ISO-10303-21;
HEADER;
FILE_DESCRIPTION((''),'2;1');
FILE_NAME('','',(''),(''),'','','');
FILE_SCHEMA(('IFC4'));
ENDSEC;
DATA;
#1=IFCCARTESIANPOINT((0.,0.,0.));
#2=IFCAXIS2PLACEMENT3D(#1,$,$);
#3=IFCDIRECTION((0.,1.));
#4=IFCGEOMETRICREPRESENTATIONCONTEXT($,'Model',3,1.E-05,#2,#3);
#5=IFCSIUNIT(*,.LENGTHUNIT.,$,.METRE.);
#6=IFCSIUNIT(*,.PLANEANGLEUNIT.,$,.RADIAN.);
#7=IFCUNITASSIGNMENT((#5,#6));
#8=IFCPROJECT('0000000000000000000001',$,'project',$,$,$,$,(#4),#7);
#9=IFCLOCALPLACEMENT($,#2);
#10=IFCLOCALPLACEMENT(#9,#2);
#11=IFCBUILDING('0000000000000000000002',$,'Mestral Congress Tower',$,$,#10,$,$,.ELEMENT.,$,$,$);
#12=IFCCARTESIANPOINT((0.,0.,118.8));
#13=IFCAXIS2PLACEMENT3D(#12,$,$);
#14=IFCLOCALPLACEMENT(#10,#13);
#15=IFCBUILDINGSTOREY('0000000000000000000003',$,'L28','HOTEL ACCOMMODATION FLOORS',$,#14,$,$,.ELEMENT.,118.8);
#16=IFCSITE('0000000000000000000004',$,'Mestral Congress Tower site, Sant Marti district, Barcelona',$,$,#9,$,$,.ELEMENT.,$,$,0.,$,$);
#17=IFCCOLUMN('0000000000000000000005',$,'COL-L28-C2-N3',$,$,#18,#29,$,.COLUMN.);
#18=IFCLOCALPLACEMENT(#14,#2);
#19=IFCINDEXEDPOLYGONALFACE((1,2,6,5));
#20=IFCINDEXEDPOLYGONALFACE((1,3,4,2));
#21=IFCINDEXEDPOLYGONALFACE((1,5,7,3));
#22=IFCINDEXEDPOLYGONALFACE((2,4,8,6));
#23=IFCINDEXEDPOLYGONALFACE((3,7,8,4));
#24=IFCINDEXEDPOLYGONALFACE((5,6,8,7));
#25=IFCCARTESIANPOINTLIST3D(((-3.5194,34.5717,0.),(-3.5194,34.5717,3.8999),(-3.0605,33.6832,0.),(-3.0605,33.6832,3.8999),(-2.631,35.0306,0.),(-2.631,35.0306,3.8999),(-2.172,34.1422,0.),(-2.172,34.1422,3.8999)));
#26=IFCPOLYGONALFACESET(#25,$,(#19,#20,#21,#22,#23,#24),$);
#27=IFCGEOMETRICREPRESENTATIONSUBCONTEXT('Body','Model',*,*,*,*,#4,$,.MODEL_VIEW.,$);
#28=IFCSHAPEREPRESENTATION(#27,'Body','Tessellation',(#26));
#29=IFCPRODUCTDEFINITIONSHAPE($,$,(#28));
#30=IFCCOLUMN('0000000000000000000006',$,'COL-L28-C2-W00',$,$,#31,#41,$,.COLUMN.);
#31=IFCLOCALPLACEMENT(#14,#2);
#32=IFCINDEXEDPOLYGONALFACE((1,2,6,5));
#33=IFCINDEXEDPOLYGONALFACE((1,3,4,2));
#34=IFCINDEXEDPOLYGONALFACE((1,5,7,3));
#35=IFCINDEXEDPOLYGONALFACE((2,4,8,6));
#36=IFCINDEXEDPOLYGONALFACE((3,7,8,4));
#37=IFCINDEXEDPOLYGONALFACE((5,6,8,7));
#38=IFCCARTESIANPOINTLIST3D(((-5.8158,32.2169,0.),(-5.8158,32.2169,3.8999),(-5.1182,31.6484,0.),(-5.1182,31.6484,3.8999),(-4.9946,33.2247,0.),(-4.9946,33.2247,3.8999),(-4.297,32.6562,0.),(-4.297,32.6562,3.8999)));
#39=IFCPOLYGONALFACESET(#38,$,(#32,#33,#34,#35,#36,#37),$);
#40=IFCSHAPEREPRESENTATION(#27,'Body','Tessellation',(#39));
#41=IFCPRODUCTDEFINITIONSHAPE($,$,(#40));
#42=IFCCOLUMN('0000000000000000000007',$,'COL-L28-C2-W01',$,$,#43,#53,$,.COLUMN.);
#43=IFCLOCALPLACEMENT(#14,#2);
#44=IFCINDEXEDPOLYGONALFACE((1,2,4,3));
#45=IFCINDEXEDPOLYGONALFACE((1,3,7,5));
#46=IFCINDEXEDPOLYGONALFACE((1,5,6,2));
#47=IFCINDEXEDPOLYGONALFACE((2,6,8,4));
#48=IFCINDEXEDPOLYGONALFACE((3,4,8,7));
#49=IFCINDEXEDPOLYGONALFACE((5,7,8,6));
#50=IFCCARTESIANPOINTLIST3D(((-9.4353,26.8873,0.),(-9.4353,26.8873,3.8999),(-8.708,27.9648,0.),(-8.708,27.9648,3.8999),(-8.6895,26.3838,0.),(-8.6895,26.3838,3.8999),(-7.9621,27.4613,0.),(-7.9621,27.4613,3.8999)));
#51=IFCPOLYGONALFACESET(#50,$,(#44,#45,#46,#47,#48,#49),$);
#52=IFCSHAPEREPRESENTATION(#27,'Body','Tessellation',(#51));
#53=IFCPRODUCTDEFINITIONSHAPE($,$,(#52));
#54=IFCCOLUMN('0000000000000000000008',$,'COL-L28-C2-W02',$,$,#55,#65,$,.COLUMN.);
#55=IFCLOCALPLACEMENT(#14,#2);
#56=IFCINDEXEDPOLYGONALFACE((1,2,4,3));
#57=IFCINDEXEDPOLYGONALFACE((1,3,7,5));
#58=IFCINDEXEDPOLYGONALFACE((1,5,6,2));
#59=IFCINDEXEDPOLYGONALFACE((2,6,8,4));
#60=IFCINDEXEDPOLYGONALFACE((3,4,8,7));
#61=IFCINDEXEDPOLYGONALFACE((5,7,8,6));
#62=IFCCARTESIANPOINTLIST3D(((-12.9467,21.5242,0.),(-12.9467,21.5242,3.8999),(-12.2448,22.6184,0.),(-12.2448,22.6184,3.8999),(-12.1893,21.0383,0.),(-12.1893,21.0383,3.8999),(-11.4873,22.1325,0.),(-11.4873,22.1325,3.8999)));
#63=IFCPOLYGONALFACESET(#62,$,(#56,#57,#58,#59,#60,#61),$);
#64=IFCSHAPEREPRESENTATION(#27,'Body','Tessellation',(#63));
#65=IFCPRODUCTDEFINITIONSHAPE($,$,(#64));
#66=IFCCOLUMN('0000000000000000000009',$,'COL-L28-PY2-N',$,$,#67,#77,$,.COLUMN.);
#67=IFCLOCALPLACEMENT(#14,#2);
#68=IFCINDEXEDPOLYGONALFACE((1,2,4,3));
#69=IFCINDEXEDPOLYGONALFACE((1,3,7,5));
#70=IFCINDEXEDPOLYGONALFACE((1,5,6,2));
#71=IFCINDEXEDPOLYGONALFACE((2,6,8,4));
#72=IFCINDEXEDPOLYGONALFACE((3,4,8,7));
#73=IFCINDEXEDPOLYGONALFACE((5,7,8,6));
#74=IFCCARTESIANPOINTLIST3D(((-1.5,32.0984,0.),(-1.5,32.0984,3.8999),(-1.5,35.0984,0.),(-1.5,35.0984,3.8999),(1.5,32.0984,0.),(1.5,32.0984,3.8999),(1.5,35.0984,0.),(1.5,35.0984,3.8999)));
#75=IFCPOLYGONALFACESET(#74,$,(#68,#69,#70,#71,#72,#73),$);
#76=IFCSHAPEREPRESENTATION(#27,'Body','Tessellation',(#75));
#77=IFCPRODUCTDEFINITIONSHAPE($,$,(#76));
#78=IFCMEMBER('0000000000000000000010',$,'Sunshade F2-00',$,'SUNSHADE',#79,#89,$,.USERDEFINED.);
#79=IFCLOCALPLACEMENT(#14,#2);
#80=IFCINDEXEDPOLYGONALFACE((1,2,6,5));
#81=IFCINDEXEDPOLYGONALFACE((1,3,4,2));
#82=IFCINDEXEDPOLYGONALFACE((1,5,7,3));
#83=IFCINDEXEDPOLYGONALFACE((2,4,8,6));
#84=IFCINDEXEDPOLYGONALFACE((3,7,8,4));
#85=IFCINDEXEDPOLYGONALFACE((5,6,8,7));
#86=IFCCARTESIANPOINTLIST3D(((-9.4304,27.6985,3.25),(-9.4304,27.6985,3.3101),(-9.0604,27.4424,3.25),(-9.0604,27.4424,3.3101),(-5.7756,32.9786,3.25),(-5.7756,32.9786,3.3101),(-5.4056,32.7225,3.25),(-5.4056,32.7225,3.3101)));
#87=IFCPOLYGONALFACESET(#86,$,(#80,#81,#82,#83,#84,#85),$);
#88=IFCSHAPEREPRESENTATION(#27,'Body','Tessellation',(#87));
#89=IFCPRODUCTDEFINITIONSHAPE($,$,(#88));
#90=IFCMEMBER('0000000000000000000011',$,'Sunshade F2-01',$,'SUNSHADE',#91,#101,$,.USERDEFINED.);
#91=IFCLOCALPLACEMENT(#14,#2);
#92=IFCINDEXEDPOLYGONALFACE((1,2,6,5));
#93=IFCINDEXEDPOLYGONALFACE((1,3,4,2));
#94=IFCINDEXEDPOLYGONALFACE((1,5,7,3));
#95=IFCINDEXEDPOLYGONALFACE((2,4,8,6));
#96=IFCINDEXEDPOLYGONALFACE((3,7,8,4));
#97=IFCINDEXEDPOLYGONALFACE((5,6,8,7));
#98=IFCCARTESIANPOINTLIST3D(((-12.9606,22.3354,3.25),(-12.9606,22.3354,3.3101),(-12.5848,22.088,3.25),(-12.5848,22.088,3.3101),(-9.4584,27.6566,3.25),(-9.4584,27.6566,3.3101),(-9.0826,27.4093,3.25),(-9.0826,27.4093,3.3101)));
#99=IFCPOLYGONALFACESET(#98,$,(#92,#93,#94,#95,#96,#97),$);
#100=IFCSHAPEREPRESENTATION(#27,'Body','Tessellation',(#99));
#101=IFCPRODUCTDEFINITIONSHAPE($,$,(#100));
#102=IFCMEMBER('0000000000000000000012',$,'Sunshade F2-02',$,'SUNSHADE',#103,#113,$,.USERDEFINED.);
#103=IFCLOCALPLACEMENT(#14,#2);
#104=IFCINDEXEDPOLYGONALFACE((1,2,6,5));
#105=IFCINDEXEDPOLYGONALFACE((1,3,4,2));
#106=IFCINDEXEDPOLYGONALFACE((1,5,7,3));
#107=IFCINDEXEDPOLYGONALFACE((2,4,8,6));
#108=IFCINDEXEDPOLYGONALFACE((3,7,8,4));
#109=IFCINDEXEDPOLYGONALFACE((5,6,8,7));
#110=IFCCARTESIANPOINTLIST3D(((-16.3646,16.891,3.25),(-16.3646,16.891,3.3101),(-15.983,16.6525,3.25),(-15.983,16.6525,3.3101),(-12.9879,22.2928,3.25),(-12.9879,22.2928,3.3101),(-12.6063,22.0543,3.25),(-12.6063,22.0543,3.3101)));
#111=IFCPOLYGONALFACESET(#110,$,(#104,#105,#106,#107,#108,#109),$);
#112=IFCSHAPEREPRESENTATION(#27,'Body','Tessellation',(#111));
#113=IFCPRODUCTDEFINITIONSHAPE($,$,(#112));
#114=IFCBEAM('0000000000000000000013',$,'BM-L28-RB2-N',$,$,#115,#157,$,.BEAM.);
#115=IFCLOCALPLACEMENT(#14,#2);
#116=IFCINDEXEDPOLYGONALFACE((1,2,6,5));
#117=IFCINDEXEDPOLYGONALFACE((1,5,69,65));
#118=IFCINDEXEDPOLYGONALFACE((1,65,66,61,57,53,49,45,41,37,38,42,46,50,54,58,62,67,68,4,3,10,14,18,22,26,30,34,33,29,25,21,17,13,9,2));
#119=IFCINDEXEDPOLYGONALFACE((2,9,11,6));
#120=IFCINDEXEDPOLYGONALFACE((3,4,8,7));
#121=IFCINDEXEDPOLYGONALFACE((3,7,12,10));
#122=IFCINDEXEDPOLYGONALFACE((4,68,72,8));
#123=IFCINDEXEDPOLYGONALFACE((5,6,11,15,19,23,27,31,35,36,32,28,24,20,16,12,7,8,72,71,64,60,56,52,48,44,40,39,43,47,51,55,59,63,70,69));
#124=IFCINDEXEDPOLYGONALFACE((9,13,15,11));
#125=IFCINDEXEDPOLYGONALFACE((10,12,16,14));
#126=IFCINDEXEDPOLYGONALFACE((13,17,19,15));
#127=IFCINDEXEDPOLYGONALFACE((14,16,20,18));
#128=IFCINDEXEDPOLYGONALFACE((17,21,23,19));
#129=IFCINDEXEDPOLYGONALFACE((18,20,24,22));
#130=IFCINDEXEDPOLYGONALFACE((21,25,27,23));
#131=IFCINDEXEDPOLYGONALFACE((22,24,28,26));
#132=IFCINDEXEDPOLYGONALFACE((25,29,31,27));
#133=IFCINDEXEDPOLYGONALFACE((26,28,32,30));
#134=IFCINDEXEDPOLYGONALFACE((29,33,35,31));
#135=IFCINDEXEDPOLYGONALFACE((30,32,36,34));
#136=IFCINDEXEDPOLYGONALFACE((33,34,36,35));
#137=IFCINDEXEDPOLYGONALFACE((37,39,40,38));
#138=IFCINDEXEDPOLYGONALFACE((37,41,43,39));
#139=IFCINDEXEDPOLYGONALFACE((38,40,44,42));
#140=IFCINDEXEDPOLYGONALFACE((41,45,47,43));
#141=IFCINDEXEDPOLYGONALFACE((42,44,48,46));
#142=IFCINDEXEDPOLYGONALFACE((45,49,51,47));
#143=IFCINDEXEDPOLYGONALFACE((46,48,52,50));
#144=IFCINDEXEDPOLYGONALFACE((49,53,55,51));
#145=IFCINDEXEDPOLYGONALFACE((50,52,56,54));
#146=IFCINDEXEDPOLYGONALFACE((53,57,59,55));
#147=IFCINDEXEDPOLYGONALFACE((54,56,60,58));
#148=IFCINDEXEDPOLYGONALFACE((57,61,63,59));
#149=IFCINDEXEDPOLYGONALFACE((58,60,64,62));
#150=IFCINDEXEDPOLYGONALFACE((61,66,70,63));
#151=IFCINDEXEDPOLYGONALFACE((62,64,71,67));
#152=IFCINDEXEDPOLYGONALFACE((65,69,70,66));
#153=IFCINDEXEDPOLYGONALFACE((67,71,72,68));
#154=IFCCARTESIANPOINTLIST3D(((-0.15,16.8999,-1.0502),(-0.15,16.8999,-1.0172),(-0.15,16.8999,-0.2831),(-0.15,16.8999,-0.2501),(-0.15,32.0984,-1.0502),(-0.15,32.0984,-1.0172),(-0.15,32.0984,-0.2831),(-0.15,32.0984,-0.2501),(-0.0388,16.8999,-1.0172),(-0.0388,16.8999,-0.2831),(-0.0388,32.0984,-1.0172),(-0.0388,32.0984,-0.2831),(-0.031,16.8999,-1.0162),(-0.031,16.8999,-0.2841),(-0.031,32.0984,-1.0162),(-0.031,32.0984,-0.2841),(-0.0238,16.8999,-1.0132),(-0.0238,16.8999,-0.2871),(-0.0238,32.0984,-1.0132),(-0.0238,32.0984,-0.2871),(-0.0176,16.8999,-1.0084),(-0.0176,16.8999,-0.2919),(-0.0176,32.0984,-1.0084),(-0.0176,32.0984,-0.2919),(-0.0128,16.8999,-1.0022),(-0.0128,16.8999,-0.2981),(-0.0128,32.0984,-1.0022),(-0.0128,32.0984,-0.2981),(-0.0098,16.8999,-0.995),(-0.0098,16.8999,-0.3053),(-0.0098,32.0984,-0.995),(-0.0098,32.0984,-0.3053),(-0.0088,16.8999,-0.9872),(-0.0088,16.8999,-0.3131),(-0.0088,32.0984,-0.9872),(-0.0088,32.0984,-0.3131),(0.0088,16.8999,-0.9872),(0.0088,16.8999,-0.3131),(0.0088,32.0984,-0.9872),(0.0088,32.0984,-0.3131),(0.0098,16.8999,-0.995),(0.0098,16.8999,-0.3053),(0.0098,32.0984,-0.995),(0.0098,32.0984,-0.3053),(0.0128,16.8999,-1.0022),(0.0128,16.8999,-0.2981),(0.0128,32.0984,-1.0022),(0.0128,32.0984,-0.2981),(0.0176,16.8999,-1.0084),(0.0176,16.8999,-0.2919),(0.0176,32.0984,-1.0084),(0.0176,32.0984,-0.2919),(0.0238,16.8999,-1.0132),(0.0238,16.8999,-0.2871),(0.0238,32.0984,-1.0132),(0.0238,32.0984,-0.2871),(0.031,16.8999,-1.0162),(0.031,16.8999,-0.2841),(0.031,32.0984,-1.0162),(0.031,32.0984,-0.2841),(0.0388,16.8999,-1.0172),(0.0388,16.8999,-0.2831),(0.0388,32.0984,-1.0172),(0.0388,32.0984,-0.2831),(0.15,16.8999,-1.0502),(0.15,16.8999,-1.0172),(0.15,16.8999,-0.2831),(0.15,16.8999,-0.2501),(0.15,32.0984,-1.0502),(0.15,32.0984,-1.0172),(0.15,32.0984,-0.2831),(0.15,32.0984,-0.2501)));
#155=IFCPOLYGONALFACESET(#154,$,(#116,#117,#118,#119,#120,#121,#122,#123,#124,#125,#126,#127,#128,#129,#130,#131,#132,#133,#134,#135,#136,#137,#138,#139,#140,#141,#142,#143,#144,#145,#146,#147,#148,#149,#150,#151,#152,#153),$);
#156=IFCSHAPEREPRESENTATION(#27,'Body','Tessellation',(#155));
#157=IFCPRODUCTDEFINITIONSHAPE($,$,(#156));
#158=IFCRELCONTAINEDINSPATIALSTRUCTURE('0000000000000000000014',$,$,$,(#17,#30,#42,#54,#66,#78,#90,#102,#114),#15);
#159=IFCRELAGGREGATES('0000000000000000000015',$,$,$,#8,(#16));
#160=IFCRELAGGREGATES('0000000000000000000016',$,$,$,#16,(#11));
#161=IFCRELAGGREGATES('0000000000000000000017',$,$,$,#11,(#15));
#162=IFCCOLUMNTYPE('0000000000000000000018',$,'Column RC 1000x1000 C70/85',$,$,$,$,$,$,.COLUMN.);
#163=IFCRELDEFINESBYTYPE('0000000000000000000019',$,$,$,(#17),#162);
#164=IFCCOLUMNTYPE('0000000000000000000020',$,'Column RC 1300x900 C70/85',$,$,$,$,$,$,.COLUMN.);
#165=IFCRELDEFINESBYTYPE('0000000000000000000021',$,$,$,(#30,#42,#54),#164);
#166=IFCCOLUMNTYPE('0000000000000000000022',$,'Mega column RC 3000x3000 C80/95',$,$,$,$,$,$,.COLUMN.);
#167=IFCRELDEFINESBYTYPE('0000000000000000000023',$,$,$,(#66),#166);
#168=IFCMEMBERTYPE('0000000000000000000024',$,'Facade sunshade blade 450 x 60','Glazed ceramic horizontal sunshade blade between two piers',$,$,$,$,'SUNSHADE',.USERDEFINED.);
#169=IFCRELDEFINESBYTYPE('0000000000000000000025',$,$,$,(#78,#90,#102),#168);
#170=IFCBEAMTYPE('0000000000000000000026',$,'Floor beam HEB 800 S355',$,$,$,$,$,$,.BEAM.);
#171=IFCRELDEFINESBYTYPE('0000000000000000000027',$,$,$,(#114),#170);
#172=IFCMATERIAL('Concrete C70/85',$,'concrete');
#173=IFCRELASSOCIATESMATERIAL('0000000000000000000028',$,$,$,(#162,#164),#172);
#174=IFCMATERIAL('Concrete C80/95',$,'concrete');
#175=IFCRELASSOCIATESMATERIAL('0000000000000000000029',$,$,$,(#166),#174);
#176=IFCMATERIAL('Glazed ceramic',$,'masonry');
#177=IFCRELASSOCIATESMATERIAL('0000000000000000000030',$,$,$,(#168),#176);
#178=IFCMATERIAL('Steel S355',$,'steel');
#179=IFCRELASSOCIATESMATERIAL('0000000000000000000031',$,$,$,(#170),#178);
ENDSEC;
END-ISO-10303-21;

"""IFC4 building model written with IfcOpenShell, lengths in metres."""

from ifc_helpers import new_model, si_unit, direction, frame, origin, origin_2d, place, context, subcontext, project, spatial, rectangle, i_section, extrude, material, material_profile, profile_set, type_object, element, save


model = new_model("IFC4")

# Units and contexts
model_context = context("Model", 3, precision=1e-05, world=origin(), true_north=direction((0.0, 1.0)))
body_context = subcontext(model_context, "Body", "Model", "MODEL_VIEW")
ifc_project = project(units=[si_unit("LENGTHUNIT", "METRE"), si_unit("PLANEANGLEUNIT", "RADIAN")], contexts=[model_context])

# Site, building, storey
site_placement = place(None, origin())
site = spatial("IfcSite", under=ifc_project, at=site_placement, Name="Mestral Congress Tower site, Sant Marti district, Barcelona", CompositionType="ELEMENT", RefElevation=0.0)
building_placement = place(site_placement, origin())
building = spatial("IfcBuilding", under=site, at=building_placement, Name="Mestral Congress Tower", CompositionType="ELEMENT")
storey_placement = place(building_placement, frame((0.0, 0.0, 118.8)))
storey = spatial("IfcBuildingStorey", under=building, at=storey_placement, Name="L28", Description="HOTEL ACCOMMODATION FLOORS", CompositionType="ELEMENT", Elevation=118.8)

# Columns
ifc_material_1 = material(Name="Concrete C70/85", Category="concrete")
ifc_material_profile_1 = material_profile(ifc_material_1, rectangle(XDim=1.0, YDim=1.0, at=origin_2d()), Name="RC 1000x1000")
ifc_profile_set_1 = profile_set([ifc_material_profile_1], Name="Concrete C70/85")
column_type_1 = type_object("IfcColumnType", Name="Column RC 1000x1000 C70/85", PredefinedType="COLUMN", material=ifc_profile_set_1)
column_1_placement = place(storey_placement, frame((-2.8457, 34.3569, 0.0), z_axis=(0.0, 0.0, 1.0), x_axis=(-0.888456, -0.458961, 0.0)))
element("IfcColumn", 1, at=column_1_placement, inside=storey, type_object=column_type_1, Name="COL-L28-C2-N3", PredefinedType="COLUMN", context=body_context, shape_type="SweptSolid", body=[
    extrude(rectangle(XDim=1.0, YDim=1.0, at=origin_2d()), origin(), (0.0, 0.0, 1.0), 3.8999),
])
ifc_material_profile_2 = material_profile(ifc_material_1, rectangle(XDim=1.3, YDim=0.8999, at=origin_2d()), Name="RC 1300x900")
ifc_profile_set_2 = profile_set([ifc_material_profile_2], Name="Concrete C70/85")
column_type_2 = type_object("IfcColumnType", Name="Column RC 1300x900 C70/85", PredefinedType="COLUMN", material=ifc_profile_set_2)
for number, where, z_axis, x_axis, name in (
    (2, (-5.0564, 32.4365, 0.0), (0.0, 0.0, 1.0), (-0.631709, -0.775206, 0.0), "COL-L28-C2-W00"),
    (3, (-8.6987, 27.1743, 0.0), (0.0, 0.0, 1.0), (-0.559479, -0.828844, 0.0), "COL-L28-C2-W01"),
    (4, (-12.217, 21.8284, 0.0), (0.0, 0.0, 1.0), (-0.539945, -0.8417, 0.0), "COL-L28-C2-W02"),
):
    element("IfcColumn", number, at=place(storey_placement, frame(where, z_axis=z_axis, x_axis=x_axis)), inside=storey, type_object=column_type_2, Name=name, PredefinedType="COLUMN", context=body_context, shape_type="SweptSolid", body=[
        extrude(rectangle(XDim=1.3, YDim=0.8999, at=origin_2d()), origin(), (0.0, 0.0, 1.0), 3.8999),
    ])
ifc_material_2 = material(Name="Concrete C80/95", Category="concrete")
ifc_material_profile_3 = material_profile(ifc_material_2, rectangle(XDim=3.0, YDim=3.0, at=origin_2d()), Name="RC 3000x3000")
ifc_profile_set_3 = profile_set([ifc_material_profile_3], Name="Concrete C80/95")
column_type_3 = type_object("IfcColumnType", Name="Mega column RC 3000x3000 C80/95", PredefinedType="COLUMN", material=ifc_profile_set_3)
column_2_placement = place(storey_placement, frame((0.0, 33.5984, 0.0), z_axis=(0.0, 0.0, 1.0), x_axis=(0.0, 1.0, 0.0)))
element("IfcColumn", 5, at=column_2_placement, inside=storey, type_object=column_type_3, Name="COL-L28-PY2-N", PredefinedType="COLUMN", context=body_context, shape_type="SweptSolid", body=[
    extrude(rectangle(XDim=3.0, YDim=3.0, at=origin_2d()), origin(), (0.0, 0.0, 1.0), 3.8999),
])

# Members
ifc_material_3 = material(Name="Glazed ceramic", Category="masonry")
ifc_material_profile_4 = material_profile(ifc_material_3, rectangle(XDim=0.45, YDim=0.0601, at=origin_2d()), Name="Ceramic blade 450 x 60")
ifc_profile_set_4 = profile_set([ifc_material_profile_4], Name="Glazed ceramic")
member_type = type_object("IfcMemberType", Name="Facade sunshade blade 450 x 60", Description="Glazed ceramic horizontal sunshade blade between two piers", ElementType="SUNSHADE", PredefinedType="USERDEFINED", material=ifc_profile_set_4)
member_placement = place(storey_placement, frame((-5.5906, 32.8506, 3.28), z_axis=(-0.569145, -0.822237, 0.0), x_axis=(0.822237, -0.569145, 0.0)))
element("IfcMember", 6, at=member_placement, inside=storey, type_object=member_type, Name="Sunshade F2-00", ObjectType="SUNSHADE", PredefinedType="USERDEFINED", context=body_context, shape_type="SweptSolid", body=[
    extrude(rectangle(XDim=0.45, YDim=0.0601, at=origin_2d()), origin(), (0.0, 0.0, 1.0), 6.4216),
])
for number, where, z_axis, x_axis, name in (
    (7, (-9.2705, 27.533, 3.28), (-0.549764, -0.83532, 0.0), (0.83532, -0.549764, 0.0), "Sunshade F2-01"),
    (8, (-12.7971, 22.1736, 3.28), (-0.530061, -0.84796, 0.0), (0.84796, -0.530061, 0.0), "Sunshade F2-02"),
):
    element("IfcMember", number, at=place(storey_placement, frame(where, z_axis=z_axis, x_axis=x_axis)), inside=storey, type_object=member_type, Name=name, ObjectType="SUNSHADE", PredefinedType="USERDEFINED", context=body_context, shape_type="SweptSolid", body=[
        extrude(rectangle(XDim=0.45, YDim=0.0601, at=origin_2d()), origin(), (0.0, 0.0, 1.0), 6.3704),
    ])

# Beam
ifc_material_4 = material(Name="Steel S355", Category="steel")
ifc_material_profile_5 = material_profile(ifc_material_4, i_section(OverallWidth=0.3, OverallDepth=0.8, WebThickness=0.0176, FlangeThickness=0.033, FilletRadius=0.03, at=origin_2d()), Name="HEB 800")
ifc_profile_set_5 = profile_set([ifc_material_profile_5], Name="Steel S355")
beam_type_1 = type_object("IfcBeamType", Name="Floor beam HEB 800 S355", PredefinedType="BEAM", material=ifc_profile_set_5)
beam_1_placement = place(storey_placement, frame((0.0, 32.0984, -0.6501), z_axis=(0.0, -1.0, 0.0), x_axis=(1.0, 0.0, 0.0)))
element("IfcBeam", 9, at=beam_1_placement, inside=storey, type_object=beam_type_1, Name="BM-L28-RB2-N", PredefinedType="BEAM", context=body_context, shape_type="SweptSolid", body=[
    extrude(i_section(OverallWidth=0.3, OverallDepth=0.8, WebThickness=0.0176, FlangeThickness=0.033, FilletRadius=0.03, at=origin_2d()), origin(), (0.0, 0.0, 1.0), 15.1985),
])

save(model, "model.ifc")
